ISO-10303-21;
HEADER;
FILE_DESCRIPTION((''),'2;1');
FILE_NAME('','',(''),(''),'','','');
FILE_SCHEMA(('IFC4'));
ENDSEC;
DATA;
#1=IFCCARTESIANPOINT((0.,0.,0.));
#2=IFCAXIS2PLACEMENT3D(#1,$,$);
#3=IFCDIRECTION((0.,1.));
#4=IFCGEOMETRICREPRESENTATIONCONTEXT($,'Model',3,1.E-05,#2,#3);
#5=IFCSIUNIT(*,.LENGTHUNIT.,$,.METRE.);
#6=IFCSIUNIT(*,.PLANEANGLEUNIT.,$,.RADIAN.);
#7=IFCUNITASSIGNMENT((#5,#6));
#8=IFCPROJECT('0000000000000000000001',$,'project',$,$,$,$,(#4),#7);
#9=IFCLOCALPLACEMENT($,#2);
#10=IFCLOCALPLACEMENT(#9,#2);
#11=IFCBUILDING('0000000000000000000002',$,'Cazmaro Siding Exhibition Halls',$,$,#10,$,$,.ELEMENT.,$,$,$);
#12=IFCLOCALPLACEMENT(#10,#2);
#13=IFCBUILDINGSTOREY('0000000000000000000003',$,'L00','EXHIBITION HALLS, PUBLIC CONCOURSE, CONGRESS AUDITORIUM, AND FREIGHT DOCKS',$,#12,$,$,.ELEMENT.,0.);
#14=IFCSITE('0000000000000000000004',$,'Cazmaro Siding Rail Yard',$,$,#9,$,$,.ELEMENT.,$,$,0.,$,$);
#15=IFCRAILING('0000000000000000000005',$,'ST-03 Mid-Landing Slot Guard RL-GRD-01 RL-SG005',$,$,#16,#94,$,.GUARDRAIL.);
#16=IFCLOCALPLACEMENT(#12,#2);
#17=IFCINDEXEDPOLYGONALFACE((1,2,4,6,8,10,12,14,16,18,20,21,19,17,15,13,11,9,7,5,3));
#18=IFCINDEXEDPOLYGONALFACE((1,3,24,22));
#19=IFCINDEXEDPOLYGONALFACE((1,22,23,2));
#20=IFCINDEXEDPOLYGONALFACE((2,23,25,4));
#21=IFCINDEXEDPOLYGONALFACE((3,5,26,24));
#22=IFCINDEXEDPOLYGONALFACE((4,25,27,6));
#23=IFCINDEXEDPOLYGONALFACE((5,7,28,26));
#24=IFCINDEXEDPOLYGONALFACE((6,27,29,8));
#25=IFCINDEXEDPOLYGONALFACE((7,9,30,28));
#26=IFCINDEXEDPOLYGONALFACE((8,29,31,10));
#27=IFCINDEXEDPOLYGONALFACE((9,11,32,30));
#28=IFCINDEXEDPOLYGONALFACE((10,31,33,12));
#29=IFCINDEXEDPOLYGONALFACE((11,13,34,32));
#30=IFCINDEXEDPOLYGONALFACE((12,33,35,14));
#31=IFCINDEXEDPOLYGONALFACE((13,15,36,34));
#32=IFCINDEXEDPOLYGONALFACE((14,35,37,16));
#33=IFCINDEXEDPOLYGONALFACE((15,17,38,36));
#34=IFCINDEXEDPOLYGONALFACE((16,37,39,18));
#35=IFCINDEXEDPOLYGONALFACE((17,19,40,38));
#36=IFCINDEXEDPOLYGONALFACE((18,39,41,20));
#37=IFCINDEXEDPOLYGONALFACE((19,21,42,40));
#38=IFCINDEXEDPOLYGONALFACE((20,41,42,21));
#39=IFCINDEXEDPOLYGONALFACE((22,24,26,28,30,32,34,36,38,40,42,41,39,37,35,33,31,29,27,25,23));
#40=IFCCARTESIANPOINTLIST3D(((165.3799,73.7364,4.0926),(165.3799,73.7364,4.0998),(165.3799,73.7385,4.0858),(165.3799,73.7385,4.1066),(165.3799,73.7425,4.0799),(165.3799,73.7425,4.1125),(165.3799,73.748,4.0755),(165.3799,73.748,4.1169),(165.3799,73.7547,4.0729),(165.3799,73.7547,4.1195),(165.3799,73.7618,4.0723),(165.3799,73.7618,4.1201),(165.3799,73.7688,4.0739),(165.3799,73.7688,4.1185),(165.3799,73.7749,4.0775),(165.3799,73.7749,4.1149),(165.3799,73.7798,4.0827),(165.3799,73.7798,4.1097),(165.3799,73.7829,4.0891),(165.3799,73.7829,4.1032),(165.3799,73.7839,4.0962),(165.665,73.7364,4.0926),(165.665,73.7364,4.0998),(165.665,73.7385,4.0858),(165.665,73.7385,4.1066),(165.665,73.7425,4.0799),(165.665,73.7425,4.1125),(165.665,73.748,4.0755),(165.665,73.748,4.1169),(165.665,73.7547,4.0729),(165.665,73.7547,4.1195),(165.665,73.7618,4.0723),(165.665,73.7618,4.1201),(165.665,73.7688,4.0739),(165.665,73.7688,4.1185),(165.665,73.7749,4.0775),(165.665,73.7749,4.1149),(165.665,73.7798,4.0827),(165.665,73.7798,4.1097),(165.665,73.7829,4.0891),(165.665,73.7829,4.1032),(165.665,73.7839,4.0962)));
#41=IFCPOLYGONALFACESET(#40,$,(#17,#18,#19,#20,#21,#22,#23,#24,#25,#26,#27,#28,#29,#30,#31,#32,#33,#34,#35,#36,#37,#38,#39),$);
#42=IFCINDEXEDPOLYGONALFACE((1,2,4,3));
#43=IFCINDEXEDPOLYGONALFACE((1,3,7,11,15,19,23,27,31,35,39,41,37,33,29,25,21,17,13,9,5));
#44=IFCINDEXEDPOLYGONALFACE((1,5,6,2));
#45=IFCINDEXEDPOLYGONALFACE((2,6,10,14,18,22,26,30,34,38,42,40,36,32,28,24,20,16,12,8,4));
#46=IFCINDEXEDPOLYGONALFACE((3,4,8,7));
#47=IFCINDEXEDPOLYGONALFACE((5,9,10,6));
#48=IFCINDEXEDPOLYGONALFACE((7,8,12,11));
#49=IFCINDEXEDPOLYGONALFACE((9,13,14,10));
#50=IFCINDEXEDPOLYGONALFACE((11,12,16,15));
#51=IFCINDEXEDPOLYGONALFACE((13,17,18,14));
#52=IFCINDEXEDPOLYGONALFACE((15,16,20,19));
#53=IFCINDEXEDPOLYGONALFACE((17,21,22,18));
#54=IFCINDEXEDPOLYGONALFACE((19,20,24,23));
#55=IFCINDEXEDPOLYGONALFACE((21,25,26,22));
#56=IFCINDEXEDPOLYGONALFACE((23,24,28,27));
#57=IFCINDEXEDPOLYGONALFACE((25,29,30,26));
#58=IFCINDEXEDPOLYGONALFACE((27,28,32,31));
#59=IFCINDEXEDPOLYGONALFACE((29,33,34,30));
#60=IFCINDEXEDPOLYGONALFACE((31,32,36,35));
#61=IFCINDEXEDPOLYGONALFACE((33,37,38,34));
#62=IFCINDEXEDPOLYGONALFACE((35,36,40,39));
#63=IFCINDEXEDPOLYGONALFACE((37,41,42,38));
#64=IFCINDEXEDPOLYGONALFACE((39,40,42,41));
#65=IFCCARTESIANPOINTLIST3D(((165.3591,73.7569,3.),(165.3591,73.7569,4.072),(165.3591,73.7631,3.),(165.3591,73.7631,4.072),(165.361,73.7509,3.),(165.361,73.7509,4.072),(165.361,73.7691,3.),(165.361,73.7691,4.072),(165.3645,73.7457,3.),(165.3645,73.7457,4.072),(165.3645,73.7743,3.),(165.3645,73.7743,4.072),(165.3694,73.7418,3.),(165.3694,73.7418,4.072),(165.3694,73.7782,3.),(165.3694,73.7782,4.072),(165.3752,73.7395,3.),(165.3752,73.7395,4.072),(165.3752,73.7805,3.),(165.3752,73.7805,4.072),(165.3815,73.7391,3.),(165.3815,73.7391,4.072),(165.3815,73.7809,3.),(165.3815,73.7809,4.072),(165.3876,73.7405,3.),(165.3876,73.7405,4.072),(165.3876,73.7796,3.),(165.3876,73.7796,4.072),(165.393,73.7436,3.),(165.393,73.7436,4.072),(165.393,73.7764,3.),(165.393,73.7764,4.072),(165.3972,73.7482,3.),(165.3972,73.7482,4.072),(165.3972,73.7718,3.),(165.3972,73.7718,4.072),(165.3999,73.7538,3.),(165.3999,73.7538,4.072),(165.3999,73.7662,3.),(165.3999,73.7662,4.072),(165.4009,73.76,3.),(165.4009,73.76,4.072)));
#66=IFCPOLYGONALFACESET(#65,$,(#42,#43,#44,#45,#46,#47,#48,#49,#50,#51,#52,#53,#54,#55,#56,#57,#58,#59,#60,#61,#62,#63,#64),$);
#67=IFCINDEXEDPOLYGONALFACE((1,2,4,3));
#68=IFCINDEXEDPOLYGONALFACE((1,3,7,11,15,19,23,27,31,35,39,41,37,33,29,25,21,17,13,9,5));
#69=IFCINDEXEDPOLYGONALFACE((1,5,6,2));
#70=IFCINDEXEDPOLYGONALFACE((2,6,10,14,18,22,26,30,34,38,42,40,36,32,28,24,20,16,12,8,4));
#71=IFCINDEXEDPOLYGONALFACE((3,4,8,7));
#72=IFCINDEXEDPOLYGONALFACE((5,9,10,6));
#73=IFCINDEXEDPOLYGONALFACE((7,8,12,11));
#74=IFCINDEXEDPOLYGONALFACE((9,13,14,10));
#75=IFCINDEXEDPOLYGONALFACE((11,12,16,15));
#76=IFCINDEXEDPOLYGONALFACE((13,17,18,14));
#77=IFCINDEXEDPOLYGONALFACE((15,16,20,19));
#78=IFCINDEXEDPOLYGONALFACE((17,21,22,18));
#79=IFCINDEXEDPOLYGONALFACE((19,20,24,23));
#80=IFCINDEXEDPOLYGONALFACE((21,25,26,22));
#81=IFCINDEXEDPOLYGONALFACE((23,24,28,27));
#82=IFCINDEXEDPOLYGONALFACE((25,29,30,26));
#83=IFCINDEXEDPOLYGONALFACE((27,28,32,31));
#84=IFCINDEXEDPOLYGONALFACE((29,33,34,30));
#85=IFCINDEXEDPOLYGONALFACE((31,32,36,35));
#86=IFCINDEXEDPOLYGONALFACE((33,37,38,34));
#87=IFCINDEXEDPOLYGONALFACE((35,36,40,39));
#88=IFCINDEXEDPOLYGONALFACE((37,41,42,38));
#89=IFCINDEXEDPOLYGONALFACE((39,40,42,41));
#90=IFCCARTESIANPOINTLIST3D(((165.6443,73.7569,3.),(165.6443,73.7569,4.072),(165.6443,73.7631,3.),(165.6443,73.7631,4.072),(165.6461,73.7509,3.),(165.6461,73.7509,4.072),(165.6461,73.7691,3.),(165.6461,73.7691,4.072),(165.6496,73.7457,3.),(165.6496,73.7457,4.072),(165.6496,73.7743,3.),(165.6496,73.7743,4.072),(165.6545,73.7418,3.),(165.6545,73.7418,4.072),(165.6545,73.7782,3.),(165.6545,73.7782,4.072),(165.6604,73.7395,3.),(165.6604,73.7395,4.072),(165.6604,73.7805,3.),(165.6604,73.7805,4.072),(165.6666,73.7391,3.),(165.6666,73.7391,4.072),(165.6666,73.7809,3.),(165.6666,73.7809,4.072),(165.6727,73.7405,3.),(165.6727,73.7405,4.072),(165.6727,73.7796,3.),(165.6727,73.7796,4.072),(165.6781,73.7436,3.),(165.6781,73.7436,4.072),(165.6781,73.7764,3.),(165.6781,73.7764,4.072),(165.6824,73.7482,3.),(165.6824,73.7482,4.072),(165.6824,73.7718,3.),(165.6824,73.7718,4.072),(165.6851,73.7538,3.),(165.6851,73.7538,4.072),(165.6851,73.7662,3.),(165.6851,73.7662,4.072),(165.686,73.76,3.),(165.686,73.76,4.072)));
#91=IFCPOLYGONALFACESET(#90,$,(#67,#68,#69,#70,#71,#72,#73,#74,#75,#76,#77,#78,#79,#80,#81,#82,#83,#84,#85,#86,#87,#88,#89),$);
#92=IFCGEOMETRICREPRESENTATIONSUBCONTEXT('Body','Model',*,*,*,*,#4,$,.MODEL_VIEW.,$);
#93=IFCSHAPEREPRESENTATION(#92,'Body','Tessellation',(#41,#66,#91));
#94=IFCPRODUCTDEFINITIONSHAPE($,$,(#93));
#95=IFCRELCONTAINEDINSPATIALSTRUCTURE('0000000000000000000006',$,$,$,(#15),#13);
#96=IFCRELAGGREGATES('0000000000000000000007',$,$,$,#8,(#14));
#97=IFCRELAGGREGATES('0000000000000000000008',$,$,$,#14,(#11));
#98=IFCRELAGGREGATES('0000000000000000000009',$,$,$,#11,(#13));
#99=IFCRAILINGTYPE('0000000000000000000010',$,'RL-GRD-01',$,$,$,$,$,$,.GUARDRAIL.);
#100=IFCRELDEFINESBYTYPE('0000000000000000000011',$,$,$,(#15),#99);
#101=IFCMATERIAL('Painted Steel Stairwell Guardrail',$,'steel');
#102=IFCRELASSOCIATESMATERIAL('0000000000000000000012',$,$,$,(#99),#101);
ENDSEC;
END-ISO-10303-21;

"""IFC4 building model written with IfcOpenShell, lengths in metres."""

from ifc_helpers import new_model, si_unit, direction, frame, origin, origin_2d, place, context, subcontext, project, spatial, circle, extrude, material, type_object, element, save


model = new_model("IFC4")

# Units and contexts
model_context = context("Model", 3, precision=1e-05, world=origin(), true_north=direction((0.0, 1.0)))
body_context = subcontext(model_context, "Body", "Model", "MODEL_VIEW")
ifc_project = project(units=[si_unit("LENGTHUNIT", "METRE"), si_unit("PLANEANGLEUNIT", "RADIAN")], contexts=[model_context])

# Site, building, storey
site_placement = place(None, origin())
site = spatial("IfcSite", under=ifc_project, at=site_placement, Name="Cazmaro Siding Rail Yard", CompositionType="ELEMENT", RefElevation=0.0)
building_placement = place(site_placement, origin())
building = spatial("IfcBuilding", under=site, at=building_placement, Name="Cazmaro Siding Exhibition Halls", CompositionType="ELEMENT")
storey_placement = place(building_placement, origin())
storey = spatial("IfcBuildingStorey", under=building, at=storey_placement, Name="L00", Description="EXHIBITION HALLS, PUBLIC CONCOURSE, CONGRESS AUDITORIUM, AND FREIGHT DOCKS", CompositionType="ELEMENT", Elevation=0.0)

# Railing
ifc_material_1 = material(Name="Painted Steel Stairwell Guardrail", Category="steel")
railing_type_1 = type_object("IfcRailingType", Name="RL-GRD-01", PredefinedType="GUARDRAIL", material=ifc_material_1)
railing_placement = place(storey_placement, frame((165.3799, 73.76, 3.0)))
element("IfcRailing", 1, at=railing_placement, inside=storey, type_object=railing_type_1, Name="ST-03 Mid-Landing Slot Guard RL-GRD-01 RL-SG005", PredefinedType="GUARDRAIL", context=body_context, shape_type="SweptSolid", body=[
    extrude(circle(Radius=0.0239, at=origin_2d()), frame((0.0, 0.0, 1.0962), z_axis=(1.0, 0.0, 0.0), x_axis=(0.0, 1.0, 0.0)), (0.0, 0.0, 1.0), 0.2852),
    extrude(circle(Radius=0.021, at=origin_2d()), origin(), (0.0, 0.0, 1.0), 1.072),
    extrude(circle(Radius=0.021, at=origin_2d()), frame((0.2852, 0.0, 0.0)), (0.0, 0.0, 1.0), 1.072),
])

save(model, "model.ifc")
